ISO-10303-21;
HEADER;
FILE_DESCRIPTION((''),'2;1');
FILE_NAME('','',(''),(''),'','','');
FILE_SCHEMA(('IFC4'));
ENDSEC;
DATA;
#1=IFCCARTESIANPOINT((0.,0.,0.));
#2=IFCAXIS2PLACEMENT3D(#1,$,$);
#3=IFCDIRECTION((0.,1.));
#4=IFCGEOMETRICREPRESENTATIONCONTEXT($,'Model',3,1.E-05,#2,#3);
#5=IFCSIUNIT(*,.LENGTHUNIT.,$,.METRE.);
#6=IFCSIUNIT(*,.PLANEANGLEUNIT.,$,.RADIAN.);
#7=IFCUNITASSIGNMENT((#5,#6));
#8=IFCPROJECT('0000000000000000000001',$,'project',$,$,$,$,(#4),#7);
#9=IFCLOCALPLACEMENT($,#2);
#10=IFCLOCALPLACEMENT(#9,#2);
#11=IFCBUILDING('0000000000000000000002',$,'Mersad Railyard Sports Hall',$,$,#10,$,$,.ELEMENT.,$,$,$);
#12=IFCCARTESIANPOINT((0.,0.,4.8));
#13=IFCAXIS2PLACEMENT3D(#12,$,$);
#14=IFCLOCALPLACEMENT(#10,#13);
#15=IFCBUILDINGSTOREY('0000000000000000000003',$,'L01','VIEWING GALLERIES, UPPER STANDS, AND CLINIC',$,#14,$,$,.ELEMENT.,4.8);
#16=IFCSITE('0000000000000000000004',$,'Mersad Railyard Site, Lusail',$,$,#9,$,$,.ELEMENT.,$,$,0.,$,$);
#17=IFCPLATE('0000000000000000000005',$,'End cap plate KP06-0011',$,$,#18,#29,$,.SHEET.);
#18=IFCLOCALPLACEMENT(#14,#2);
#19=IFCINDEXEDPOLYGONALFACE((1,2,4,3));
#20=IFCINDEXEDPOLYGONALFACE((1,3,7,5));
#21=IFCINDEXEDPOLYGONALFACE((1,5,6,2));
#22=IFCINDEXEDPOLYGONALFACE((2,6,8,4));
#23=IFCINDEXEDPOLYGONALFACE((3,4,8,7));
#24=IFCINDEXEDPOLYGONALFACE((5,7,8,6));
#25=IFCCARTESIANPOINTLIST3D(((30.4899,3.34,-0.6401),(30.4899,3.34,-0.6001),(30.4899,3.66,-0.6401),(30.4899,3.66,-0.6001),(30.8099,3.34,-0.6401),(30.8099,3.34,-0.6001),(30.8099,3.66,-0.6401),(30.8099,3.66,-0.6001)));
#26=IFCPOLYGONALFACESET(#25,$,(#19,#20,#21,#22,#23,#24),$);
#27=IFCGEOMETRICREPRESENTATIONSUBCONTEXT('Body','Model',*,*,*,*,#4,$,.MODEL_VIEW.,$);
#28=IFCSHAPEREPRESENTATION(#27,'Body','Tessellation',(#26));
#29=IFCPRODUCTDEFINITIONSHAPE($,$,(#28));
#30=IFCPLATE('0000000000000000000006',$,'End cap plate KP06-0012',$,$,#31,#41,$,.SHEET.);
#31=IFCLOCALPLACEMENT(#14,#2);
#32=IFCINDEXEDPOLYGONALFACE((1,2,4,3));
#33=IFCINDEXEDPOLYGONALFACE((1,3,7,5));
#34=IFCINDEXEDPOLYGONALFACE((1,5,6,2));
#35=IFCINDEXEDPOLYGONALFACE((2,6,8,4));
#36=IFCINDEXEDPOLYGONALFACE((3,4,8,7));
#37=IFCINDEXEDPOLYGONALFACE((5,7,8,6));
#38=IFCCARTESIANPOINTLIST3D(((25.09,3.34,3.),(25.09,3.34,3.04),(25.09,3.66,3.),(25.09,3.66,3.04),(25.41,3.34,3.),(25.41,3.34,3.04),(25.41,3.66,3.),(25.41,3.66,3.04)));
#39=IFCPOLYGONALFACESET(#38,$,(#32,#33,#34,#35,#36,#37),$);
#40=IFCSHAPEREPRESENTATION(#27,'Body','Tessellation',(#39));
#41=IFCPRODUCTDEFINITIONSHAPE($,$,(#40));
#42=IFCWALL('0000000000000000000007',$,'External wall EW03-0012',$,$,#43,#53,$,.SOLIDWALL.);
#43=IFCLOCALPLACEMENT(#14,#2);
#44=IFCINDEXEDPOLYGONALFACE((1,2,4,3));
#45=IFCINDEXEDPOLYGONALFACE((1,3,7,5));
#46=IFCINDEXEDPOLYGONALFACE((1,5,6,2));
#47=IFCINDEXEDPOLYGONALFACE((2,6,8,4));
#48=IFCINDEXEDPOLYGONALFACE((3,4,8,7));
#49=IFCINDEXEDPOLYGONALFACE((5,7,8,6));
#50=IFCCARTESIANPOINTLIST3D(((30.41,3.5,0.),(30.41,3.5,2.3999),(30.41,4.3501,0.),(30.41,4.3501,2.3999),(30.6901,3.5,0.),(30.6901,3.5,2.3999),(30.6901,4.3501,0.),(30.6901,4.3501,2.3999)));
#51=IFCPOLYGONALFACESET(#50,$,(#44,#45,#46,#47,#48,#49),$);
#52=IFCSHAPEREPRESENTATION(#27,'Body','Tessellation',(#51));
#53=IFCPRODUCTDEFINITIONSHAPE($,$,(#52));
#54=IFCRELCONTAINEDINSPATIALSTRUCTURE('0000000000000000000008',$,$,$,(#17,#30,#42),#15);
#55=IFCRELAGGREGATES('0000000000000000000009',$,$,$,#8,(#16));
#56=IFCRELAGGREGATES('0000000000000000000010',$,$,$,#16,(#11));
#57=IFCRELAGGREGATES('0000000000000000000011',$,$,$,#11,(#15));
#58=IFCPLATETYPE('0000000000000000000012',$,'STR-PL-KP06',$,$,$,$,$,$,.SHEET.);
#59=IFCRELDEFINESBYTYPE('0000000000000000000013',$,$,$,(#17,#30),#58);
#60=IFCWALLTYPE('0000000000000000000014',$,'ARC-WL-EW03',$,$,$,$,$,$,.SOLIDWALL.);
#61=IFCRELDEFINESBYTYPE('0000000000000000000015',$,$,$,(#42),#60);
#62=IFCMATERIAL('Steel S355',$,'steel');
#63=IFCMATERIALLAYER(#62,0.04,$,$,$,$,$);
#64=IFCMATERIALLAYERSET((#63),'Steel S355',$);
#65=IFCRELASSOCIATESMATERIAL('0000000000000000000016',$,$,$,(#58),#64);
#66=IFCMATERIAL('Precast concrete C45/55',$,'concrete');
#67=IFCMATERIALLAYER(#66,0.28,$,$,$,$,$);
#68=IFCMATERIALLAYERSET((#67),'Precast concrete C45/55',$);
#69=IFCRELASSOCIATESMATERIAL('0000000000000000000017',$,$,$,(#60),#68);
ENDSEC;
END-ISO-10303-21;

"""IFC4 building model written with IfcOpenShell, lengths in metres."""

from ifc_helpers import new_model, si_unit, direction, frame, frame_2d, origin, origin_2d, place, context, subcontext, project, spatial, rectangle, extrude, material, layer, layer_set, type_object, element, save


model = new_model("IFC4")

# Units and contexts
model_context = context("Model", 3, precision=1e-05, world=origin(), true_north=direction((0.0, 1.0)))
body_context = subcontext(model_context, "Body", "Model", "MODEL_VIEW")
ifc_project = project(units=[si_unit("LENGTHUNIT", "METRE"), si_unit("PLANEANGLEUNIT", "RADIAN")], contexts=[model_context])

# Site, building, storey
site_placement = place(None, origin())
site = spatial("IfcSite", under=ifc_project, at=site_placement, Name="Mersad Railyard Site, Lusail", CompositionType="ELEMENT", RefElevation=0.0)
building_placement = place(site_placement, origin())
building = spatial("IfcBuilding", under=site, at=building_placement, Name="Mersad Railyard Sports Hall", CompositionType="ELEMENT")
storey_placement = place(building_placement, frame((0.0, 0.0, 4.8)))
storey = spatial("IfcBuildingStorey", under=building, at=storey_placement, Name="L01", Description="VIEWING GALLERIES, UPPER STANDS, AND CLINIC", CompositionType="ELEMENT", Elevation=4.8)

# Shared definitions
ifc_material_1 = material(Name="Steel S355", Category="steel")

# Plates
ifc_layer_1 = layer(ifc_material_1, 0.04)
ifc_layer_set_1 = layer_set([ifc_layer_1], Name="Steel S355")
plate_type_1 = type_object("IfcPlateType", Name="STR-PL-KP06", PredefinedType="SHEET", material=ifc_layer_set_1)
for number, where, z_axis, x_axis, name in (
    (1, (30.6499, 3.5, -0.6401), (0.0, 0.0, 1.0), (1.0, 0.0, 0.0), "End cap plate KP06-0011"),
    (2, (25.25, 3.5, 3.0), (0.0, 0.0, 1.0), (1.0, 0.0, 0.0), "End cap plate KP06-0012"),
):
    element("IfcPlate", number, at=place(storey_placement, frame(where, z_axis=z_axis, x_axis=x_axis)), inside=storey, type_object=plate_type_1, Name=name, PredefinedType="SHEET", context=body_context, shape_type="SweptSolid", body=[
        extrude(rectangle(XDim=0.3201, YDim=0.3201, at=origin_2d()), origin(), (0.0, 0.0, 1.0), 0.04),
    ])

# Wall
ifc_material_2 = material(Name="Precast concrete C45/55", Category="concrete")
ifc_layer_2 = layer(ifc_material_2, 0.28)
ifc_layer_set_2 = layer_set([ifc_layer_2], Name="Precast concrete C45/55")
wall_type = type_object("IfcWallType", Name="ARC-WL-EW03", PredefinedType="SOLIDWALL", material=ifc_layer_set_2)
wall_placement = place(storey_placement, frame((30.55, 4.3501, 0.0), z_axis=(0.0, 0.0, 1.0), x_axis=(0.0, -1.0, 0.0)))
element("IfcWall", 3, at=wall_placement, inside=storey, type_object=wall_type, Name="External wall EW03-0012", PredefinedType="SOLIDWALL", context=body_context, shape_type="SweptSolid", body=[
    extrude(rectangle(XDim=0.8501, YDim=0.28, at=frame_2d((0.425, 0.0))), origin(), (0.0, 0.0, 1.0), 2.3999),
])

save(model, "model.ifc")
